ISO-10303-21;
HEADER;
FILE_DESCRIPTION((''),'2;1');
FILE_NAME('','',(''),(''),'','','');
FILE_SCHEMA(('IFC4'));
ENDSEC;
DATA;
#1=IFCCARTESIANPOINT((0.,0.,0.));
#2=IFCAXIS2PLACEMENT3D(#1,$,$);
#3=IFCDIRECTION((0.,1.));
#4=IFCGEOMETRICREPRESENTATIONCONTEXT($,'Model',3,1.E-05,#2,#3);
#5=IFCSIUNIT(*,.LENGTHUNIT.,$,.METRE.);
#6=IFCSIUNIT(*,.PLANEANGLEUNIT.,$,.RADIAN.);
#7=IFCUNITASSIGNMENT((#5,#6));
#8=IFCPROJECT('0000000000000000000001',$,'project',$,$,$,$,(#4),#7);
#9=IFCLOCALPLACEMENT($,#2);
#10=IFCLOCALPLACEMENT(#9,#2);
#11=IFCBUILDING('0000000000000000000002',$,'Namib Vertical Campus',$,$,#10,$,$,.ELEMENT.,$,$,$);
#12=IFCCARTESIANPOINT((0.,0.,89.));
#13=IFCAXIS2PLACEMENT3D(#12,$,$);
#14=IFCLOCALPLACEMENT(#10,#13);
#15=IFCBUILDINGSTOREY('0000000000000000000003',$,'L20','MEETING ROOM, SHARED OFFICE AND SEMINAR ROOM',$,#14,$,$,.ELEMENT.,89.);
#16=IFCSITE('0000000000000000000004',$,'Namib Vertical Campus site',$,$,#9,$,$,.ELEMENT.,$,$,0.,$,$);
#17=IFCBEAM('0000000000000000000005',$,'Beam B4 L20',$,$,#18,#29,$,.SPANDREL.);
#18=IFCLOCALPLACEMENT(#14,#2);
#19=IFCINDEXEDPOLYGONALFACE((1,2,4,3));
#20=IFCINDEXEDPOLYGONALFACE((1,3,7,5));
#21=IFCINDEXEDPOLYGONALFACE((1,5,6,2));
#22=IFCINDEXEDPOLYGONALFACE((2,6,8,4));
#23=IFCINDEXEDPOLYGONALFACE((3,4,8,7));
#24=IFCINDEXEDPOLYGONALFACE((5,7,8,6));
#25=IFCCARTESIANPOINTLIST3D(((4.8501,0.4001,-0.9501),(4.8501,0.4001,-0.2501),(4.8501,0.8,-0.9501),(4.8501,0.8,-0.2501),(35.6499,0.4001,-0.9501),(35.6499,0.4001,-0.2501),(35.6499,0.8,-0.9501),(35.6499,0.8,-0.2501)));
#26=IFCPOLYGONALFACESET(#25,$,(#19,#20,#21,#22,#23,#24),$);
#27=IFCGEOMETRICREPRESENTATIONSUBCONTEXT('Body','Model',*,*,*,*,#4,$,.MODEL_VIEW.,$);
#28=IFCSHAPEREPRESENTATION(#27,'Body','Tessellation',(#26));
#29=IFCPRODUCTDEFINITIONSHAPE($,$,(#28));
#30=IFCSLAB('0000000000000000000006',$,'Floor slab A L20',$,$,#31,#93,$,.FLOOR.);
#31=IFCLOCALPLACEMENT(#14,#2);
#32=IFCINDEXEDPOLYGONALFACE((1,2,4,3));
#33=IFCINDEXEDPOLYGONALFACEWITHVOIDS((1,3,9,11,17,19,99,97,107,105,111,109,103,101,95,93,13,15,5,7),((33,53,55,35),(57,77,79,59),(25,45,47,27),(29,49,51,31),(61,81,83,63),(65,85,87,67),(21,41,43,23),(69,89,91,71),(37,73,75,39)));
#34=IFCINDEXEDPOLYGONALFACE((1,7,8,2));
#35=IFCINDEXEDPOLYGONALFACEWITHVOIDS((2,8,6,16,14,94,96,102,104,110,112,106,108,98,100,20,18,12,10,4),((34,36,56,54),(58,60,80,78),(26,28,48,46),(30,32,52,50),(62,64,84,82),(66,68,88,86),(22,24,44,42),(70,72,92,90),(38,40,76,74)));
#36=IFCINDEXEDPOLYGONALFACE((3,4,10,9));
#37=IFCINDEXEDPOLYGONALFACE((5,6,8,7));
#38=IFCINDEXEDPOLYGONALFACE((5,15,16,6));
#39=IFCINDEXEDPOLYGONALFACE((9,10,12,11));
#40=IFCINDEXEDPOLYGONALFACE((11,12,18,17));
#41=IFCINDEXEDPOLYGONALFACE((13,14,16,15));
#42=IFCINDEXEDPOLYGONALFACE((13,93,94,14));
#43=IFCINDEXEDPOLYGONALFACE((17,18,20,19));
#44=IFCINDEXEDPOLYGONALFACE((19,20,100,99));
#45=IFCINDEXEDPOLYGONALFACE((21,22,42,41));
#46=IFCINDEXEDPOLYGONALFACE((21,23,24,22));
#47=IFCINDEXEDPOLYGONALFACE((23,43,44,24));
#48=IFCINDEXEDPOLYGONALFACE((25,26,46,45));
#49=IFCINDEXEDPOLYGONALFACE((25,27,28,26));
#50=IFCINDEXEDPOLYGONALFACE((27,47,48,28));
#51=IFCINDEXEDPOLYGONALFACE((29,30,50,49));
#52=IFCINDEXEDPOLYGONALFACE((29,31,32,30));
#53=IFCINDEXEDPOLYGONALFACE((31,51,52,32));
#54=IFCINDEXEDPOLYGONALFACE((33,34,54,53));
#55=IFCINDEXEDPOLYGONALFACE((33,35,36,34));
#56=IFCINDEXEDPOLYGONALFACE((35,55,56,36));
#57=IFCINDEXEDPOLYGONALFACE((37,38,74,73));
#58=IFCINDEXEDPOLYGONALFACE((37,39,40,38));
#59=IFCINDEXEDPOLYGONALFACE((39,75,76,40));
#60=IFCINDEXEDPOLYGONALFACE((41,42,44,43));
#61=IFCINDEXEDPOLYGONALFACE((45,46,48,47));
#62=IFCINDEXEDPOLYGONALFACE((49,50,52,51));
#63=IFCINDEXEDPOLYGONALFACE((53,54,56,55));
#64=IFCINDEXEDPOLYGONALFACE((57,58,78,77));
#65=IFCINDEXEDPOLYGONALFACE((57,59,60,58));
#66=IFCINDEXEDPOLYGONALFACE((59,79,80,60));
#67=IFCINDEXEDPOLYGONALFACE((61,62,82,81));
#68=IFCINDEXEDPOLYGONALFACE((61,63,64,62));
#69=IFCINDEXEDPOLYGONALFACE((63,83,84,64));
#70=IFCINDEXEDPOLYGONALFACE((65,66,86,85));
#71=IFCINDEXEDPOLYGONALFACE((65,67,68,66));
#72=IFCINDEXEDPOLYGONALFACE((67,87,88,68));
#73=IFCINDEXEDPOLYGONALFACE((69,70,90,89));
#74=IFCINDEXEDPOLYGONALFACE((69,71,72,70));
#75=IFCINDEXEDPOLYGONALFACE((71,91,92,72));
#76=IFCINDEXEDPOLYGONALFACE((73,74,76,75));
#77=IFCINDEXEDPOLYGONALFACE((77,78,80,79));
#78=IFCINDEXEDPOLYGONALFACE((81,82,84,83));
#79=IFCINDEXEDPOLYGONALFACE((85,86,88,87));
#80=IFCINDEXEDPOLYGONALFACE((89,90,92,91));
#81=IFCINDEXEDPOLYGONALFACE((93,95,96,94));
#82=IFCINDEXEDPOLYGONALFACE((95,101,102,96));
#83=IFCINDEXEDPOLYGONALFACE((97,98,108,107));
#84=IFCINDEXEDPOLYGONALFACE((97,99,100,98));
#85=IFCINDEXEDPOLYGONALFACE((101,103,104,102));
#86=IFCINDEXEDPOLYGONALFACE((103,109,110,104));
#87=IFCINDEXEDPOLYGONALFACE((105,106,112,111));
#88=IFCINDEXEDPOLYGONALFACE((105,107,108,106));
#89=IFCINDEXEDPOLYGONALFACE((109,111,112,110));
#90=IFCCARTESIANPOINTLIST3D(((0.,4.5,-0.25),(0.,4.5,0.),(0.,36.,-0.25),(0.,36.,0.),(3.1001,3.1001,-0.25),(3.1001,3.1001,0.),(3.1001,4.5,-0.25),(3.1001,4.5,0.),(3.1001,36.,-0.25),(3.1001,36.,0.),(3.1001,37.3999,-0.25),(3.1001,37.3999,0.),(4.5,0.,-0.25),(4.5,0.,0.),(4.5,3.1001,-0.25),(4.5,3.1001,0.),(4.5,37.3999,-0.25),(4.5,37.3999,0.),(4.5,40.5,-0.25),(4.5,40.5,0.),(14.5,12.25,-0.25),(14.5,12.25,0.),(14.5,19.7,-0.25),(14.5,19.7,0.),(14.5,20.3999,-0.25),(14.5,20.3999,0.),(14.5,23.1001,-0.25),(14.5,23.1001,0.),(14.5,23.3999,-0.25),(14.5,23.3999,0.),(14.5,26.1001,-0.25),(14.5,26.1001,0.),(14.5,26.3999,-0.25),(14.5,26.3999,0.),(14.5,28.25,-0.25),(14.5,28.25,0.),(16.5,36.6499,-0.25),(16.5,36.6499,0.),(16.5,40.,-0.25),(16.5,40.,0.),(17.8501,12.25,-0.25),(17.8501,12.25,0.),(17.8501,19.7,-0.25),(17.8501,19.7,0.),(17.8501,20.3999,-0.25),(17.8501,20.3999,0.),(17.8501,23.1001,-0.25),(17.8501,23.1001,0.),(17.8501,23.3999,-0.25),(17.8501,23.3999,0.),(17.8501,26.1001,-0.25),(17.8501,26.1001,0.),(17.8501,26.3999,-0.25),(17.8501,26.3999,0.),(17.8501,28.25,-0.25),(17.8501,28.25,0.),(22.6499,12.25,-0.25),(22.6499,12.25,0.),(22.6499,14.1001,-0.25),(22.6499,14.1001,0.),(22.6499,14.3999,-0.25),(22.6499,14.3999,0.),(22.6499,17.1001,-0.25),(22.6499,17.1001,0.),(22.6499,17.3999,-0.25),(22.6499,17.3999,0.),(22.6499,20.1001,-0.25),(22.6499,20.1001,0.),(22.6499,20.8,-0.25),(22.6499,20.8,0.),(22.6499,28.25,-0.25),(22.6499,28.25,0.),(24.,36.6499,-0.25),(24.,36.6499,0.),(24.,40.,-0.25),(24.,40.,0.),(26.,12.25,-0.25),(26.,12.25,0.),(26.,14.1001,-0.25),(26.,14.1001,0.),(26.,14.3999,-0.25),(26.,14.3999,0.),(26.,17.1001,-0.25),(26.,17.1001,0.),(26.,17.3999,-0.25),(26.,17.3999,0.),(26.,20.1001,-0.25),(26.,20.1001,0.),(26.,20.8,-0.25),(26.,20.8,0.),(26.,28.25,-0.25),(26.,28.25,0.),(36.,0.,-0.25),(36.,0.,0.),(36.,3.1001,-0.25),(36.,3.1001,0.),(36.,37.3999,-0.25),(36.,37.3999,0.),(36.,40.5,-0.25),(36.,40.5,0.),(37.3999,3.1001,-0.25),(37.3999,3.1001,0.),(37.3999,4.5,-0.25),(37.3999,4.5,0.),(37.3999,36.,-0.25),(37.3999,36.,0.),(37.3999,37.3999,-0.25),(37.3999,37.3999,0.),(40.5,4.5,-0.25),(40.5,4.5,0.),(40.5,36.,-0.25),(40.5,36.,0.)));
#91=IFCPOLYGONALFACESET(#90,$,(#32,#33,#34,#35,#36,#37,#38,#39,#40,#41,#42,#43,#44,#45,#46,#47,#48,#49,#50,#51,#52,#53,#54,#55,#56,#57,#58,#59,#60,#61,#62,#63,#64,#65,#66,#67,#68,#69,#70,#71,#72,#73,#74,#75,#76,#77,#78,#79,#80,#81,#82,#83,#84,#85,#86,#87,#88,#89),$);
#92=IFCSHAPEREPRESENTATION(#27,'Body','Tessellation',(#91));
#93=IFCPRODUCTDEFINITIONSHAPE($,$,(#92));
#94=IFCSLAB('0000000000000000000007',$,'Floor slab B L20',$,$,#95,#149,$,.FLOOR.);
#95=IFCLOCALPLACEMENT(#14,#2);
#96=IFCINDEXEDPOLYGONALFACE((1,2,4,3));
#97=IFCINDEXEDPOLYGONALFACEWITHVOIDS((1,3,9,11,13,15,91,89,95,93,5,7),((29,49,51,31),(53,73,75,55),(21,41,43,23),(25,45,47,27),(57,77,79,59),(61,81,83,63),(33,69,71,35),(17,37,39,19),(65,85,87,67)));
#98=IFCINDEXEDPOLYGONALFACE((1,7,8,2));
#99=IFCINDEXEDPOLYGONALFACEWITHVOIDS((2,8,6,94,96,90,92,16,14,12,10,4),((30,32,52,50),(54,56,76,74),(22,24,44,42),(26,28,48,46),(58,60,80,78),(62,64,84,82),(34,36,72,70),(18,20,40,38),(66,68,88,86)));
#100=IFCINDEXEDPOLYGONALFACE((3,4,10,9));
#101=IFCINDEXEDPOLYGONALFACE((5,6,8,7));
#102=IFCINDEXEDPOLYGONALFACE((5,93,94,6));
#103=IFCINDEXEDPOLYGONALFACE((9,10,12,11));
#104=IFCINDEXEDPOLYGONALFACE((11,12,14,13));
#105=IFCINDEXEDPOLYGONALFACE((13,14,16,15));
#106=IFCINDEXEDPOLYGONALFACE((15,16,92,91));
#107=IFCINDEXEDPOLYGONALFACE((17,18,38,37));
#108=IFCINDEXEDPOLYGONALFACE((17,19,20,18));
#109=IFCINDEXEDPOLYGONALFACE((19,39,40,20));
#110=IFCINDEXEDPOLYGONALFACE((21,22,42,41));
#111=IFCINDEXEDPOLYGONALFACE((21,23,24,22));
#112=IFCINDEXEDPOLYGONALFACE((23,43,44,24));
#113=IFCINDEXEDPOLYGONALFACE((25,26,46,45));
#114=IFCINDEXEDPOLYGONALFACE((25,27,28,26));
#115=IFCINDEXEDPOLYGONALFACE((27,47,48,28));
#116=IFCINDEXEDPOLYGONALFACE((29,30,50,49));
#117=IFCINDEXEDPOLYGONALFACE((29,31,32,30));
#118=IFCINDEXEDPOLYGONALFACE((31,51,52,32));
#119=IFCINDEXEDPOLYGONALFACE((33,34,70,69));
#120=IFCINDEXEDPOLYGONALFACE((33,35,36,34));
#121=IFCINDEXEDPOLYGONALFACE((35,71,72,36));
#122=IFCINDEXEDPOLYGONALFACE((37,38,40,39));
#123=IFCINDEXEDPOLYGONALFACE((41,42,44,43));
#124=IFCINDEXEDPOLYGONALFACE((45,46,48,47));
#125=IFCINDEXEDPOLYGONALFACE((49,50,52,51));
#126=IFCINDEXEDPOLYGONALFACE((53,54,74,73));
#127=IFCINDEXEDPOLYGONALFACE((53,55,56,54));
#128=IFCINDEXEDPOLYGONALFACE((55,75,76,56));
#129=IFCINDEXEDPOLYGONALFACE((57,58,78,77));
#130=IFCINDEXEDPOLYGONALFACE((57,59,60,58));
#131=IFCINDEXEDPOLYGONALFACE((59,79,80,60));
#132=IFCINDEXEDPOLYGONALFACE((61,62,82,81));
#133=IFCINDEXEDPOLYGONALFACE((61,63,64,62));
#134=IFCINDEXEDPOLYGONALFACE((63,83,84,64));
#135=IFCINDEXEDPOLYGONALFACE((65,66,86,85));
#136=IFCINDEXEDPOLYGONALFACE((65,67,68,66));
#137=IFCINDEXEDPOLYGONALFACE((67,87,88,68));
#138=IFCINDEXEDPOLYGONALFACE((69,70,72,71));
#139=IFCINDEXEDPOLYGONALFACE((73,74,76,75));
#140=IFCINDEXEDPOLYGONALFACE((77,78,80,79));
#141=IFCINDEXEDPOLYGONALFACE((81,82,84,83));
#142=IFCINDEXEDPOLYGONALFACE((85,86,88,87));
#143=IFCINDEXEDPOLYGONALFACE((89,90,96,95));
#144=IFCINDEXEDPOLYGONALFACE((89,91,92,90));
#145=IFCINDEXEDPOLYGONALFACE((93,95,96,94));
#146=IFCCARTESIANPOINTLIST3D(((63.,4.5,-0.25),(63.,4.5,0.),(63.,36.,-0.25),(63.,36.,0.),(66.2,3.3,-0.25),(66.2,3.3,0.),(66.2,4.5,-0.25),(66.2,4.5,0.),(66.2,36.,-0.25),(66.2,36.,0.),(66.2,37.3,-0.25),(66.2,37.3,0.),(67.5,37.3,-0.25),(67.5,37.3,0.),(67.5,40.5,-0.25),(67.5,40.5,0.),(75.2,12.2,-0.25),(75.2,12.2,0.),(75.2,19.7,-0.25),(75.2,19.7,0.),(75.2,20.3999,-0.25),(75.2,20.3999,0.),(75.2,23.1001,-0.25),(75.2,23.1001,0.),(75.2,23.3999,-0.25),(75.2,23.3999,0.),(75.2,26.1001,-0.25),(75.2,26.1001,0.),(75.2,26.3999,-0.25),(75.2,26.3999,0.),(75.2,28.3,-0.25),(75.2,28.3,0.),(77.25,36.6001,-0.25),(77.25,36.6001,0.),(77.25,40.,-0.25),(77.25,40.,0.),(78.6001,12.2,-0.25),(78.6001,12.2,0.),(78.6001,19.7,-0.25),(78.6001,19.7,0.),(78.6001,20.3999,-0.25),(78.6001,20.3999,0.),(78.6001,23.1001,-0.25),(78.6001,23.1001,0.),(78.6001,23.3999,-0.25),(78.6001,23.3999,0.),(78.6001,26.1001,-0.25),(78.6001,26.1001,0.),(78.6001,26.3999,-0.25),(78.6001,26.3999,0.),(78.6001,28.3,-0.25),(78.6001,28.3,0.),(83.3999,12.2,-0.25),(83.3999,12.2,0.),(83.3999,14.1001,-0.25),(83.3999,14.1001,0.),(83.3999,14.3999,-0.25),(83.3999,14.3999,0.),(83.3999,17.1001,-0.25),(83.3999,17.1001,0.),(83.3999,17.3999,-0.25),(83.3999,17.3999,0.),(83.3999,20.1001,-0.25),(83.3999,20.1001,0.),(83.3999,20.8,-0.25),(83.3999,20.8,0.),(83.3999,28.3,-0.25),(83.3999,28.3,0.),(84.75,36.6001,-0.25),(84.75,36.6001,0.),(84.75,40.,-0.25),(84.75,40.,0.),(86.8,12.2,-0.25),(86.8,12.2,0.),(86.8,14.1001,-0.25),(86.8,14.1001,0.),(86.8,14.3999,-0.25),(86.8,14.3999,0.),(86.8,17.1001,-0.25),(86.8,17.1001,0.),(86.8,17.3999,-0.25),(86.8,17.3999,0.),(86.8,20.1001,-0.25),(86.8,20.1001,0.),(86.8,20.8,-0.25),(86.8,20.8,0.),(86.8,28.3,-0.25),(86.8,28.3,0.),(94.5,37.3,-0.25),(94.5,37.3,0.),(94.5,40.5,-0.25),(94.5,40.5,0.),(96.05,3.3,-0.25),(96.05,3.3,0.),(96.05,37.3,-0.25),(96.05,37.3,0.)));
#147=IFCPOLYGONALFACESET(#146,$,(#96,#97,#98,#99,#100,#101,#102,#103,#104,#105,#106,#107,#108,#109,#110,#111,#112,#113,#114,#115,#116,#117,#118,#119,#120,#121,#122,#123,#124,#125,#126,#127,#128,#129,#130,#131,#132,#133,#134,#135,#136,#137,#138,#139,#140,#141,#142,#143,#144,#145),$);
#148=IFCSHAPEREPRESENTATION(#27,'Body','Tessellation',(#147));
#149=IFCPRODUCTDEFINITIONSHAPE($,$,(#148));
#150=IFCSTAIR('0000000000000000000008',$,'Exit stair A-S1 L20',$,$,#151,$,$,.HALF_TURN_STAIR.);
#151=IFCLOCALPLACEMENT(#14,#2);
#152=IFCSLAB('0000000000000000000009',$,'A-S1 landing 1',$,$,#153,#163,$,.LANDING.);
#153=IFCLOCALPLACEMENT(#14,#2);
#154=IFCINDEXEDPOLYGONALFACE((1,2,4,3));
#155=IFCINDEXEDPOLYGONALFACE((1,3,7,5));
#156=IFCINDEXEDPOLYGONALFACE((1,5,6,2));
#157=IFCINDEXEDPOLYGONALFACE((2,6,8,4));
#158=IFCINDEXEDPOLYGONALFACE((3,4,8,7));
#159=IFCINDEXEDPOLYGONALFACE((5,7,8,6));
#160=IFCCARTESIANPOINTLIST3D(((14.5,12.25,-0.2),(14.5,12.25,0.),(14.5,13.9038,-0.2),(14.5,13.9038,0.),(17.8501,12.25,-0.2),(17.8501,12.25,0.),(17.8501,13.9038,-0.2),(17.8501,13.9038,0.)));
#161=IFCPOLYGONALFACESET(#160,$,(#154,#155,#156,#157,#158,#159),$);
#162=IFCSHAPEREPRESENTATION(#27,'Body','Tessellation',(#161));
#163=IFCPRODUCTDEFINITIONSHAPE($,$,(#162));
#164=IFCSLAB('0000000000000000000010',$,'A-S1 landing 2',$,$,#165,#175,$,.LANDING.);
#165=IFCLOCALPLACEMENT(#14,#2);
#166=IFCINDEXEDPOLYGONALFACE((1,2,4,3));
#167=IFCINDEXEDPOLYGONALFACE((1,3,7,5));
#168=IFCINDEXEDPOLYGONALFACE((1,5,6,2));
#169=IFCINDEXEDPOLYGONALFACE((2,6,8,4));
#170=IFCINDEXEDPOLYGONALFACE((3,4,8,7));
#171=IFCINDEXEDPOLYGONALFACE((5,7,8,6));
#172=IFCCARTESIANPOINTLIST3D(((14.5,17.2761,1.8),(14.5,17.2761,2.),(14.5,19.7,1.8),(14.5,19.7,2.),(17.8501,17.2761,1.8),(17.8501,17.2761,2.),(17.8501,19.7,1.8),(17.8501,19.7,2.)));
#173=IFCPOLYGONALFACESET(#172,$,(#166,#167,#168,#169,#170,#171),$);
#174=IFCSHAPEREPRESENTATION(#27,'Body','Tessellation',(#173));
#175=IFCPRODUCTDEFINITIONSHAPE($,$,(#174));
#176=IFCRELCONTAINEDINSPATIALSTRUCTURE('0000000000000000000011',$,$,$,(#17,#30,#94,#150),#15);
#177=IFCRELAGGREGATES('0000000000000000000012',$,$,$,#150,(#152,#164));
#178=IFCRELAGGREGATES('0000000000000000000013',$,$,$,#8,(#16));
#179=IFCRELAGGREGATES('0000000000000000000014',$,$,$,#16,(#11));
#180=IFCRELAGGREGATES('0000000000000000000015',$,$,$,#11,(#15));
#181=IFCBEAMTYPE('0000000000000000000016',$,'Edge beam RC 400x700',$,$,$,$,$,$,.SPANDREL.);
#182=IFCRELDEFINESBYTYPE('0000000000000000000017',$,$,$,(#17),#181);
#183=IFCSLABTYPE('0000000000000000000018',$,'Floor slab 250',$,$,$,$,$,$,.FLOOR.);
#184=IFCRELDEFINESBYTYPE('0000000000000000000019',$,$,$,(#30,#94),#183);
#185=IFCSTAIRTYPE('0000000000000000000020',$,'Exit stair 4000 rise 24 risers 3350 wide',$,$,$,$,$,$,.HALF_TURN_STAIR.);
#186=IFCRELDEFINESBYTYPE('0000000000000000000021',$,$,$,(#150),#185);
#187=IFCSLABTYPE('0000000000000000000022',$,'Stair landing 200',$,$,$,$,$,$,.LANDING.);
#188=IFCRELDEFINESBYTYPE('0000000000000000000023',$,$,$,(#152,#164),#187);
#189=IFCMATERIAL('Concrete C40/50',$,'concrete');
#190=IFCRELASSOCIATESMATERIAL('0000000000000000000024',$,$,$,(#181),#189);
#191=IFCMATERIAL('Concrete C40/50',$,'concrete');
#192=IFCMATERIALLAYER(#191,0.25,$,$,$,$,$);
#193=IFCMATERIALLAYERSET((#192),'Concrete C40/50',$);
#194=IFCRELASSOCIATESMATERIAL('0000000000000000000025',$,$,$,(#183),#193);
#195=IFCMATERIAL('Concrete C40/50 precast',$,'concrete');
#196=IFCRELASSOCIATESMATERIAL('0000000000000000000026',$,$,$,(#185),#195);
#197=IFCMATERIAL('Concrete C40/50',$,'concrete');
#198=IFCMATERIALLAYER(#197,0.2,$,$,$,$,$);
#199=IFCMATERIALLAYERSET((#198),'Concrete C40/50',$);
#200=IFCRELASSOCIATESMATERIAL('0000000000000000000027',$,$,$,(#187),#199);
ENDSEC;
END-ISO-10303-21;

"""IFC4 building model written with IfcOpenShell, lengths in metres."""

from ifc_helpers import new_model, si_unit, direction, frame, origin, origin_2d, place, context, subcontext, project, spatial, polyline, rectangle, outline, extrude, material, layer, layer_set, material_profile, profile_set, type_object, element, aggregate, save


model = new_model("IFC4")

# Units and contexts
model_context = context("Model", 3, precision=1e-05, world=origin(), true_north=direction((0.0, 1.0)))
body_context = subcontext(model_context, "Body", "Model", "MODEL_VIEW")
ifc_project = project(units=[si_unit("LENGTHUNIT", "METRE"), si_unit("PLANEANGLEUNIT", "RADIAN")], contexts=[model_context])

# Site, building, storey
site_placement = place(None, origin())
site = spatial("IfcSite", under=ifc_project, at=site_placement, Name="Namib Vertical Campus site", CompositionType="ELEMENT", RefElevation=0.0)
building_placement = place(site_placement, origin())
building = spatial("IfcBuilding", under=site, at=building_placement, Name="Namib Vertical Campus", CompositionType="ELEMENT")
storey_placement = place(building_placement, frame((0.0, 0.0, 89.0)))
storey = spatial("IfcBuildingStorey", under=building, at=storey_placement, Name="L20", Description="MEETING ROOM, SHARED OFFICE AND SEMINAR ROOM", CompositionType="ELEMENT", Elevation=89.0)

# Beam
ifc_material_1 = material(Name="Concrete C40/50", Category="concrete")
ifc_material_profile = material_profile(ifc_material_1, rectangle(XDim=0.3999, YDim=0.7, at=origin_2d()))
ifc_profile_set = profile_set([ifc_material_profile], Name="Concrete C40/50")
beam_type = type_object("IfcBeamType", Name="Edge beam RC 400x700", PredefinedType="SPANDREL", material=ifc_profile_set)
beam_placement = place(storey_placement, frame((4.8501, 0.6001, -0.6001), z_axis=(1.0, 0.0, 0.0), x_axis=(0.0, 1.0, 0.0)))
element("IfcBeam", 1, at=beam_placement, inside=storey, type_object=beam_type, Name="Beam B4 L20", PredefinedType="SPANDREL", context=body_context, shape_type="SweptSolid", body=[
    extrude(rectangle(XDim=0.3999, YDim=0.7, at=origin_2d()), origin(), (0.0, 0.0, 1.0), 30.7998),
])

# Slabs
ifc_material_2 = material(Name="Concrete C40/50", Category="concrete")
ifc_layer_1 = layer(ifc_material_2, 0.25)
ifc_layer_set_1 = layer_set([ifc_layer_1], Name="Concrete C40/50")
slab_type_1 = type_object("IfcSlabType", Name="Floor slab 250", PredefinedType="FLOOR", material=ifc_layer_set_1)
slab_1_placement = place(storey_placement, frame((0.0, 0.0, -0.25)))
element("IfcSlab", 2, at=slab_1_placement, inside=storey, type_object=slab_type_1, Name="Floor slab A L20", PredefinedType="FLOOR", context=body_context, shape_type="SweptSolid", body=[
    extrude(outline(polyline([(4.5, 0.0), (36.0, 0.0), (36.0, 3.1001), (37.3999, 3.1001), (37.3999, 4.5), (40.5, 4.5), (40.5, 36.0), (37.3999, 36.0), (37.3999, 37.3999), (36.0, 37.3999), (36.0, 40.5), (4.5, 40.5), (4.5, 37.3999), (3.1001, 37.3999), (3.1001, 36.0), (0.0, 36.0), (0.0, 4.5), (3.1001, 4.5), (3.1001, 3.1001), (4.5, 3.1001), (4.5, 0.0)]), holes=[polyline([(14.5, 12.25), (17.8501, 12.25), (17.8501, 19.7), (14.5, 19.7), (14.5, 12.25)]), polyline([(22.6499, 20.8), (26.0, 20.8), (26.0, 28.25), (22.6499, 28.25), (22.6499, 20.8)]), polyline([(22.6499, 12.25), (26.0, 12.25), (26.0, 14.1001), (22.6499, 14.1001), (22.6499, 12.25)]), polyline([(14.5, 20.3999), (17.8501, 20.3999), (17.8501, 23.1001), (14.5, 23.1001), (14.5, 20.3999)]), polyline([(14.5, 23.3999), (17.8501, 23.3999), (17.8501, 26.1001), (14.5, 26.1001), (14.5, 23.3999)]), polyline([(14.5, 26.3999), (17.8501, 26.3999), (17.8501, 28.25), (14.5, 28.25), (14.5, 26.3999)]), polyline([(22.6499, 14.3999), (26.0, 14.3999), (26.0, 17.1001), (22.6499, 17.1001), (22.6499, 14.3999)]), polyline([(22.6499, 17.3999), (26.0, 17.3999), (26.0, 20.1001), (22.6499, 20.1001), (22.6499, 17.3999)]), polyline([(16.5, 36.6499), (24.0, 36.6499), (24.0, 40.0), (16.5, 40.0), (16.5, 36.6499)])]), origin(), (0.0, 0.0, 1.0), 0.25),
])
slab_2_placement = place(storey_placement, frame((0.0, 0.0, -0.25)))
element("IfcSlab", 3, at=slab_2_placement, inside=storey, type_object=slab_type_1, Name="Floor slab B L20", PredefinedType="FLOOR", context=body_context, shape_type="SweptSolid", body=[
    extrude(outline(polyline([(63.0, 4.5), (66.2, 4.5), (66.2, 3.3), (96.05, 3.3), (96.05, 37.3), (94.5, 37.3), (94.5, 40.5), (67.5, 40.5), (67.5, 37.3), (66.2, 37.3), (66.2, 36.0), (63.0, 36.0), (63.0, 4.5)]), holes=[polyline([(75.2, 12.2), (78.6001, 12.2), (78.6001, 19.7), (75.2, 19.7), (75.2, 12.2)]), polyline([(83.3999, 20.8), (86.8, 20.8), (86.8, 28.3), (83.3999, 28.3), (83.3999, 20.8)]), polyline([(83.3999, 12.2), (86.8, 12.2), (86.8, 14.1001), (83.3999, 14.1001), (83.3999, 12.2)]), polyline([(75.2, 20.3999), (78.6001, 20.3999), (78.6001, 23.1001), (75.2, 23.1001), (75.2, 20.3999)]), polyline([(75.2, 23.3999), (78.6001, 23.3999), (78.6001, 26.1001), (75.2, 26.1001), (75.2, 23.3999)]), polyline([(75.2, 26.3999), (78.6001, 26.3999), (78.6001, 28.3), (75.2, 28.3), (75.2, 26.3999)]), polyline([(83.3999, 14.3999), (86.8, 14.3999), (86.8, 17.1001), (83.3999, 17.1001), (83.3999, 14.3999)]), polyline([(83.3999, 17.3999), (86.8, 17.3999), (86.8, 20.1001), (83.3999, 20.1001), (83.3999, 17.3999)]), polyline([(77.25, 36.6001), (84.75, 36.6001), (84.75, 40.0), (77.25, 40.0), (77.25, 36.6001)])]), origin(), (0.0, 0.0, 1.0), 0.25),
])

# Stair, slabs
ifc_material_3 = material(Name="Concrete C40/50 precast", Category="concrete")
stair_type_1 = type_object("IfcStairType", Name="Exit stair 4000 rise 24 risers 3350 wide", PredefinedType="HALF_TURN_STAIR", material=ifc_material_3)
stair_1_placement = place(storey_placement, origin())
stair_1 = element("IfcStair", 4, at=stair_1_placement, inside=storey, type_object=stair_type_1, Name="Exit stair A-S1 L20", PredefinedType="HALF_TURN_STAIR")
ifc_material_4 = material(Name="Concrete C40/50", Category="concrete")
ifc_layer_2 = layer(ifc_material_4, 0.2)
ifc_layer_set_2 = layer_set([ifc_layer_2], Name="Concrete C40/50")
slab_type_2 = type_object("IfcSlabType", Name="Stair landing 200", PredefinedType="LANDING", material=ifc_layer_set_2)
slab_3_placement = place(storey_placement, frame((0.0, 0.0, -0.2)))
slab_3 = element("IfcSlab", 5, at=slab_3_placement, type_object=slab_type_2, Name="A-S1 landing 1", PredefinedType="LANDING", context=body_context, shape_type="SweptSolid", body=[
    extrude(outline(polyline([(14.5, 12.25), (17.8501, 12.25), (17.8501, 13.9038), (14.5, 13.9038), (14.5, 12.25)])), origin(), (0.0, 0.0, 1.0), 0.2),
])
slab_4_placement = place(storey_placement, frame((0.0, 0.0, 1.8)))
slab_4 = element("IfcSlab", 6, at=slab_4_placement, type_object=slab_type_2, Name="A-S1 landing 2", PredefinedType="LANDING", context=body_context, shape_type="SweptSolid", body=[
    extrude(outline(polyline([(14.5, 17.2761), (17.8501, 17.2761), (17.8501, 19.7), (14.5, 19.7), (14.5, 17.2761)])), origin(), (0.0, 0.0, 1.0), 0.2),
])
aggregate(stair_1, [slab_3, slab_4])

save(model, "model.ifc")
